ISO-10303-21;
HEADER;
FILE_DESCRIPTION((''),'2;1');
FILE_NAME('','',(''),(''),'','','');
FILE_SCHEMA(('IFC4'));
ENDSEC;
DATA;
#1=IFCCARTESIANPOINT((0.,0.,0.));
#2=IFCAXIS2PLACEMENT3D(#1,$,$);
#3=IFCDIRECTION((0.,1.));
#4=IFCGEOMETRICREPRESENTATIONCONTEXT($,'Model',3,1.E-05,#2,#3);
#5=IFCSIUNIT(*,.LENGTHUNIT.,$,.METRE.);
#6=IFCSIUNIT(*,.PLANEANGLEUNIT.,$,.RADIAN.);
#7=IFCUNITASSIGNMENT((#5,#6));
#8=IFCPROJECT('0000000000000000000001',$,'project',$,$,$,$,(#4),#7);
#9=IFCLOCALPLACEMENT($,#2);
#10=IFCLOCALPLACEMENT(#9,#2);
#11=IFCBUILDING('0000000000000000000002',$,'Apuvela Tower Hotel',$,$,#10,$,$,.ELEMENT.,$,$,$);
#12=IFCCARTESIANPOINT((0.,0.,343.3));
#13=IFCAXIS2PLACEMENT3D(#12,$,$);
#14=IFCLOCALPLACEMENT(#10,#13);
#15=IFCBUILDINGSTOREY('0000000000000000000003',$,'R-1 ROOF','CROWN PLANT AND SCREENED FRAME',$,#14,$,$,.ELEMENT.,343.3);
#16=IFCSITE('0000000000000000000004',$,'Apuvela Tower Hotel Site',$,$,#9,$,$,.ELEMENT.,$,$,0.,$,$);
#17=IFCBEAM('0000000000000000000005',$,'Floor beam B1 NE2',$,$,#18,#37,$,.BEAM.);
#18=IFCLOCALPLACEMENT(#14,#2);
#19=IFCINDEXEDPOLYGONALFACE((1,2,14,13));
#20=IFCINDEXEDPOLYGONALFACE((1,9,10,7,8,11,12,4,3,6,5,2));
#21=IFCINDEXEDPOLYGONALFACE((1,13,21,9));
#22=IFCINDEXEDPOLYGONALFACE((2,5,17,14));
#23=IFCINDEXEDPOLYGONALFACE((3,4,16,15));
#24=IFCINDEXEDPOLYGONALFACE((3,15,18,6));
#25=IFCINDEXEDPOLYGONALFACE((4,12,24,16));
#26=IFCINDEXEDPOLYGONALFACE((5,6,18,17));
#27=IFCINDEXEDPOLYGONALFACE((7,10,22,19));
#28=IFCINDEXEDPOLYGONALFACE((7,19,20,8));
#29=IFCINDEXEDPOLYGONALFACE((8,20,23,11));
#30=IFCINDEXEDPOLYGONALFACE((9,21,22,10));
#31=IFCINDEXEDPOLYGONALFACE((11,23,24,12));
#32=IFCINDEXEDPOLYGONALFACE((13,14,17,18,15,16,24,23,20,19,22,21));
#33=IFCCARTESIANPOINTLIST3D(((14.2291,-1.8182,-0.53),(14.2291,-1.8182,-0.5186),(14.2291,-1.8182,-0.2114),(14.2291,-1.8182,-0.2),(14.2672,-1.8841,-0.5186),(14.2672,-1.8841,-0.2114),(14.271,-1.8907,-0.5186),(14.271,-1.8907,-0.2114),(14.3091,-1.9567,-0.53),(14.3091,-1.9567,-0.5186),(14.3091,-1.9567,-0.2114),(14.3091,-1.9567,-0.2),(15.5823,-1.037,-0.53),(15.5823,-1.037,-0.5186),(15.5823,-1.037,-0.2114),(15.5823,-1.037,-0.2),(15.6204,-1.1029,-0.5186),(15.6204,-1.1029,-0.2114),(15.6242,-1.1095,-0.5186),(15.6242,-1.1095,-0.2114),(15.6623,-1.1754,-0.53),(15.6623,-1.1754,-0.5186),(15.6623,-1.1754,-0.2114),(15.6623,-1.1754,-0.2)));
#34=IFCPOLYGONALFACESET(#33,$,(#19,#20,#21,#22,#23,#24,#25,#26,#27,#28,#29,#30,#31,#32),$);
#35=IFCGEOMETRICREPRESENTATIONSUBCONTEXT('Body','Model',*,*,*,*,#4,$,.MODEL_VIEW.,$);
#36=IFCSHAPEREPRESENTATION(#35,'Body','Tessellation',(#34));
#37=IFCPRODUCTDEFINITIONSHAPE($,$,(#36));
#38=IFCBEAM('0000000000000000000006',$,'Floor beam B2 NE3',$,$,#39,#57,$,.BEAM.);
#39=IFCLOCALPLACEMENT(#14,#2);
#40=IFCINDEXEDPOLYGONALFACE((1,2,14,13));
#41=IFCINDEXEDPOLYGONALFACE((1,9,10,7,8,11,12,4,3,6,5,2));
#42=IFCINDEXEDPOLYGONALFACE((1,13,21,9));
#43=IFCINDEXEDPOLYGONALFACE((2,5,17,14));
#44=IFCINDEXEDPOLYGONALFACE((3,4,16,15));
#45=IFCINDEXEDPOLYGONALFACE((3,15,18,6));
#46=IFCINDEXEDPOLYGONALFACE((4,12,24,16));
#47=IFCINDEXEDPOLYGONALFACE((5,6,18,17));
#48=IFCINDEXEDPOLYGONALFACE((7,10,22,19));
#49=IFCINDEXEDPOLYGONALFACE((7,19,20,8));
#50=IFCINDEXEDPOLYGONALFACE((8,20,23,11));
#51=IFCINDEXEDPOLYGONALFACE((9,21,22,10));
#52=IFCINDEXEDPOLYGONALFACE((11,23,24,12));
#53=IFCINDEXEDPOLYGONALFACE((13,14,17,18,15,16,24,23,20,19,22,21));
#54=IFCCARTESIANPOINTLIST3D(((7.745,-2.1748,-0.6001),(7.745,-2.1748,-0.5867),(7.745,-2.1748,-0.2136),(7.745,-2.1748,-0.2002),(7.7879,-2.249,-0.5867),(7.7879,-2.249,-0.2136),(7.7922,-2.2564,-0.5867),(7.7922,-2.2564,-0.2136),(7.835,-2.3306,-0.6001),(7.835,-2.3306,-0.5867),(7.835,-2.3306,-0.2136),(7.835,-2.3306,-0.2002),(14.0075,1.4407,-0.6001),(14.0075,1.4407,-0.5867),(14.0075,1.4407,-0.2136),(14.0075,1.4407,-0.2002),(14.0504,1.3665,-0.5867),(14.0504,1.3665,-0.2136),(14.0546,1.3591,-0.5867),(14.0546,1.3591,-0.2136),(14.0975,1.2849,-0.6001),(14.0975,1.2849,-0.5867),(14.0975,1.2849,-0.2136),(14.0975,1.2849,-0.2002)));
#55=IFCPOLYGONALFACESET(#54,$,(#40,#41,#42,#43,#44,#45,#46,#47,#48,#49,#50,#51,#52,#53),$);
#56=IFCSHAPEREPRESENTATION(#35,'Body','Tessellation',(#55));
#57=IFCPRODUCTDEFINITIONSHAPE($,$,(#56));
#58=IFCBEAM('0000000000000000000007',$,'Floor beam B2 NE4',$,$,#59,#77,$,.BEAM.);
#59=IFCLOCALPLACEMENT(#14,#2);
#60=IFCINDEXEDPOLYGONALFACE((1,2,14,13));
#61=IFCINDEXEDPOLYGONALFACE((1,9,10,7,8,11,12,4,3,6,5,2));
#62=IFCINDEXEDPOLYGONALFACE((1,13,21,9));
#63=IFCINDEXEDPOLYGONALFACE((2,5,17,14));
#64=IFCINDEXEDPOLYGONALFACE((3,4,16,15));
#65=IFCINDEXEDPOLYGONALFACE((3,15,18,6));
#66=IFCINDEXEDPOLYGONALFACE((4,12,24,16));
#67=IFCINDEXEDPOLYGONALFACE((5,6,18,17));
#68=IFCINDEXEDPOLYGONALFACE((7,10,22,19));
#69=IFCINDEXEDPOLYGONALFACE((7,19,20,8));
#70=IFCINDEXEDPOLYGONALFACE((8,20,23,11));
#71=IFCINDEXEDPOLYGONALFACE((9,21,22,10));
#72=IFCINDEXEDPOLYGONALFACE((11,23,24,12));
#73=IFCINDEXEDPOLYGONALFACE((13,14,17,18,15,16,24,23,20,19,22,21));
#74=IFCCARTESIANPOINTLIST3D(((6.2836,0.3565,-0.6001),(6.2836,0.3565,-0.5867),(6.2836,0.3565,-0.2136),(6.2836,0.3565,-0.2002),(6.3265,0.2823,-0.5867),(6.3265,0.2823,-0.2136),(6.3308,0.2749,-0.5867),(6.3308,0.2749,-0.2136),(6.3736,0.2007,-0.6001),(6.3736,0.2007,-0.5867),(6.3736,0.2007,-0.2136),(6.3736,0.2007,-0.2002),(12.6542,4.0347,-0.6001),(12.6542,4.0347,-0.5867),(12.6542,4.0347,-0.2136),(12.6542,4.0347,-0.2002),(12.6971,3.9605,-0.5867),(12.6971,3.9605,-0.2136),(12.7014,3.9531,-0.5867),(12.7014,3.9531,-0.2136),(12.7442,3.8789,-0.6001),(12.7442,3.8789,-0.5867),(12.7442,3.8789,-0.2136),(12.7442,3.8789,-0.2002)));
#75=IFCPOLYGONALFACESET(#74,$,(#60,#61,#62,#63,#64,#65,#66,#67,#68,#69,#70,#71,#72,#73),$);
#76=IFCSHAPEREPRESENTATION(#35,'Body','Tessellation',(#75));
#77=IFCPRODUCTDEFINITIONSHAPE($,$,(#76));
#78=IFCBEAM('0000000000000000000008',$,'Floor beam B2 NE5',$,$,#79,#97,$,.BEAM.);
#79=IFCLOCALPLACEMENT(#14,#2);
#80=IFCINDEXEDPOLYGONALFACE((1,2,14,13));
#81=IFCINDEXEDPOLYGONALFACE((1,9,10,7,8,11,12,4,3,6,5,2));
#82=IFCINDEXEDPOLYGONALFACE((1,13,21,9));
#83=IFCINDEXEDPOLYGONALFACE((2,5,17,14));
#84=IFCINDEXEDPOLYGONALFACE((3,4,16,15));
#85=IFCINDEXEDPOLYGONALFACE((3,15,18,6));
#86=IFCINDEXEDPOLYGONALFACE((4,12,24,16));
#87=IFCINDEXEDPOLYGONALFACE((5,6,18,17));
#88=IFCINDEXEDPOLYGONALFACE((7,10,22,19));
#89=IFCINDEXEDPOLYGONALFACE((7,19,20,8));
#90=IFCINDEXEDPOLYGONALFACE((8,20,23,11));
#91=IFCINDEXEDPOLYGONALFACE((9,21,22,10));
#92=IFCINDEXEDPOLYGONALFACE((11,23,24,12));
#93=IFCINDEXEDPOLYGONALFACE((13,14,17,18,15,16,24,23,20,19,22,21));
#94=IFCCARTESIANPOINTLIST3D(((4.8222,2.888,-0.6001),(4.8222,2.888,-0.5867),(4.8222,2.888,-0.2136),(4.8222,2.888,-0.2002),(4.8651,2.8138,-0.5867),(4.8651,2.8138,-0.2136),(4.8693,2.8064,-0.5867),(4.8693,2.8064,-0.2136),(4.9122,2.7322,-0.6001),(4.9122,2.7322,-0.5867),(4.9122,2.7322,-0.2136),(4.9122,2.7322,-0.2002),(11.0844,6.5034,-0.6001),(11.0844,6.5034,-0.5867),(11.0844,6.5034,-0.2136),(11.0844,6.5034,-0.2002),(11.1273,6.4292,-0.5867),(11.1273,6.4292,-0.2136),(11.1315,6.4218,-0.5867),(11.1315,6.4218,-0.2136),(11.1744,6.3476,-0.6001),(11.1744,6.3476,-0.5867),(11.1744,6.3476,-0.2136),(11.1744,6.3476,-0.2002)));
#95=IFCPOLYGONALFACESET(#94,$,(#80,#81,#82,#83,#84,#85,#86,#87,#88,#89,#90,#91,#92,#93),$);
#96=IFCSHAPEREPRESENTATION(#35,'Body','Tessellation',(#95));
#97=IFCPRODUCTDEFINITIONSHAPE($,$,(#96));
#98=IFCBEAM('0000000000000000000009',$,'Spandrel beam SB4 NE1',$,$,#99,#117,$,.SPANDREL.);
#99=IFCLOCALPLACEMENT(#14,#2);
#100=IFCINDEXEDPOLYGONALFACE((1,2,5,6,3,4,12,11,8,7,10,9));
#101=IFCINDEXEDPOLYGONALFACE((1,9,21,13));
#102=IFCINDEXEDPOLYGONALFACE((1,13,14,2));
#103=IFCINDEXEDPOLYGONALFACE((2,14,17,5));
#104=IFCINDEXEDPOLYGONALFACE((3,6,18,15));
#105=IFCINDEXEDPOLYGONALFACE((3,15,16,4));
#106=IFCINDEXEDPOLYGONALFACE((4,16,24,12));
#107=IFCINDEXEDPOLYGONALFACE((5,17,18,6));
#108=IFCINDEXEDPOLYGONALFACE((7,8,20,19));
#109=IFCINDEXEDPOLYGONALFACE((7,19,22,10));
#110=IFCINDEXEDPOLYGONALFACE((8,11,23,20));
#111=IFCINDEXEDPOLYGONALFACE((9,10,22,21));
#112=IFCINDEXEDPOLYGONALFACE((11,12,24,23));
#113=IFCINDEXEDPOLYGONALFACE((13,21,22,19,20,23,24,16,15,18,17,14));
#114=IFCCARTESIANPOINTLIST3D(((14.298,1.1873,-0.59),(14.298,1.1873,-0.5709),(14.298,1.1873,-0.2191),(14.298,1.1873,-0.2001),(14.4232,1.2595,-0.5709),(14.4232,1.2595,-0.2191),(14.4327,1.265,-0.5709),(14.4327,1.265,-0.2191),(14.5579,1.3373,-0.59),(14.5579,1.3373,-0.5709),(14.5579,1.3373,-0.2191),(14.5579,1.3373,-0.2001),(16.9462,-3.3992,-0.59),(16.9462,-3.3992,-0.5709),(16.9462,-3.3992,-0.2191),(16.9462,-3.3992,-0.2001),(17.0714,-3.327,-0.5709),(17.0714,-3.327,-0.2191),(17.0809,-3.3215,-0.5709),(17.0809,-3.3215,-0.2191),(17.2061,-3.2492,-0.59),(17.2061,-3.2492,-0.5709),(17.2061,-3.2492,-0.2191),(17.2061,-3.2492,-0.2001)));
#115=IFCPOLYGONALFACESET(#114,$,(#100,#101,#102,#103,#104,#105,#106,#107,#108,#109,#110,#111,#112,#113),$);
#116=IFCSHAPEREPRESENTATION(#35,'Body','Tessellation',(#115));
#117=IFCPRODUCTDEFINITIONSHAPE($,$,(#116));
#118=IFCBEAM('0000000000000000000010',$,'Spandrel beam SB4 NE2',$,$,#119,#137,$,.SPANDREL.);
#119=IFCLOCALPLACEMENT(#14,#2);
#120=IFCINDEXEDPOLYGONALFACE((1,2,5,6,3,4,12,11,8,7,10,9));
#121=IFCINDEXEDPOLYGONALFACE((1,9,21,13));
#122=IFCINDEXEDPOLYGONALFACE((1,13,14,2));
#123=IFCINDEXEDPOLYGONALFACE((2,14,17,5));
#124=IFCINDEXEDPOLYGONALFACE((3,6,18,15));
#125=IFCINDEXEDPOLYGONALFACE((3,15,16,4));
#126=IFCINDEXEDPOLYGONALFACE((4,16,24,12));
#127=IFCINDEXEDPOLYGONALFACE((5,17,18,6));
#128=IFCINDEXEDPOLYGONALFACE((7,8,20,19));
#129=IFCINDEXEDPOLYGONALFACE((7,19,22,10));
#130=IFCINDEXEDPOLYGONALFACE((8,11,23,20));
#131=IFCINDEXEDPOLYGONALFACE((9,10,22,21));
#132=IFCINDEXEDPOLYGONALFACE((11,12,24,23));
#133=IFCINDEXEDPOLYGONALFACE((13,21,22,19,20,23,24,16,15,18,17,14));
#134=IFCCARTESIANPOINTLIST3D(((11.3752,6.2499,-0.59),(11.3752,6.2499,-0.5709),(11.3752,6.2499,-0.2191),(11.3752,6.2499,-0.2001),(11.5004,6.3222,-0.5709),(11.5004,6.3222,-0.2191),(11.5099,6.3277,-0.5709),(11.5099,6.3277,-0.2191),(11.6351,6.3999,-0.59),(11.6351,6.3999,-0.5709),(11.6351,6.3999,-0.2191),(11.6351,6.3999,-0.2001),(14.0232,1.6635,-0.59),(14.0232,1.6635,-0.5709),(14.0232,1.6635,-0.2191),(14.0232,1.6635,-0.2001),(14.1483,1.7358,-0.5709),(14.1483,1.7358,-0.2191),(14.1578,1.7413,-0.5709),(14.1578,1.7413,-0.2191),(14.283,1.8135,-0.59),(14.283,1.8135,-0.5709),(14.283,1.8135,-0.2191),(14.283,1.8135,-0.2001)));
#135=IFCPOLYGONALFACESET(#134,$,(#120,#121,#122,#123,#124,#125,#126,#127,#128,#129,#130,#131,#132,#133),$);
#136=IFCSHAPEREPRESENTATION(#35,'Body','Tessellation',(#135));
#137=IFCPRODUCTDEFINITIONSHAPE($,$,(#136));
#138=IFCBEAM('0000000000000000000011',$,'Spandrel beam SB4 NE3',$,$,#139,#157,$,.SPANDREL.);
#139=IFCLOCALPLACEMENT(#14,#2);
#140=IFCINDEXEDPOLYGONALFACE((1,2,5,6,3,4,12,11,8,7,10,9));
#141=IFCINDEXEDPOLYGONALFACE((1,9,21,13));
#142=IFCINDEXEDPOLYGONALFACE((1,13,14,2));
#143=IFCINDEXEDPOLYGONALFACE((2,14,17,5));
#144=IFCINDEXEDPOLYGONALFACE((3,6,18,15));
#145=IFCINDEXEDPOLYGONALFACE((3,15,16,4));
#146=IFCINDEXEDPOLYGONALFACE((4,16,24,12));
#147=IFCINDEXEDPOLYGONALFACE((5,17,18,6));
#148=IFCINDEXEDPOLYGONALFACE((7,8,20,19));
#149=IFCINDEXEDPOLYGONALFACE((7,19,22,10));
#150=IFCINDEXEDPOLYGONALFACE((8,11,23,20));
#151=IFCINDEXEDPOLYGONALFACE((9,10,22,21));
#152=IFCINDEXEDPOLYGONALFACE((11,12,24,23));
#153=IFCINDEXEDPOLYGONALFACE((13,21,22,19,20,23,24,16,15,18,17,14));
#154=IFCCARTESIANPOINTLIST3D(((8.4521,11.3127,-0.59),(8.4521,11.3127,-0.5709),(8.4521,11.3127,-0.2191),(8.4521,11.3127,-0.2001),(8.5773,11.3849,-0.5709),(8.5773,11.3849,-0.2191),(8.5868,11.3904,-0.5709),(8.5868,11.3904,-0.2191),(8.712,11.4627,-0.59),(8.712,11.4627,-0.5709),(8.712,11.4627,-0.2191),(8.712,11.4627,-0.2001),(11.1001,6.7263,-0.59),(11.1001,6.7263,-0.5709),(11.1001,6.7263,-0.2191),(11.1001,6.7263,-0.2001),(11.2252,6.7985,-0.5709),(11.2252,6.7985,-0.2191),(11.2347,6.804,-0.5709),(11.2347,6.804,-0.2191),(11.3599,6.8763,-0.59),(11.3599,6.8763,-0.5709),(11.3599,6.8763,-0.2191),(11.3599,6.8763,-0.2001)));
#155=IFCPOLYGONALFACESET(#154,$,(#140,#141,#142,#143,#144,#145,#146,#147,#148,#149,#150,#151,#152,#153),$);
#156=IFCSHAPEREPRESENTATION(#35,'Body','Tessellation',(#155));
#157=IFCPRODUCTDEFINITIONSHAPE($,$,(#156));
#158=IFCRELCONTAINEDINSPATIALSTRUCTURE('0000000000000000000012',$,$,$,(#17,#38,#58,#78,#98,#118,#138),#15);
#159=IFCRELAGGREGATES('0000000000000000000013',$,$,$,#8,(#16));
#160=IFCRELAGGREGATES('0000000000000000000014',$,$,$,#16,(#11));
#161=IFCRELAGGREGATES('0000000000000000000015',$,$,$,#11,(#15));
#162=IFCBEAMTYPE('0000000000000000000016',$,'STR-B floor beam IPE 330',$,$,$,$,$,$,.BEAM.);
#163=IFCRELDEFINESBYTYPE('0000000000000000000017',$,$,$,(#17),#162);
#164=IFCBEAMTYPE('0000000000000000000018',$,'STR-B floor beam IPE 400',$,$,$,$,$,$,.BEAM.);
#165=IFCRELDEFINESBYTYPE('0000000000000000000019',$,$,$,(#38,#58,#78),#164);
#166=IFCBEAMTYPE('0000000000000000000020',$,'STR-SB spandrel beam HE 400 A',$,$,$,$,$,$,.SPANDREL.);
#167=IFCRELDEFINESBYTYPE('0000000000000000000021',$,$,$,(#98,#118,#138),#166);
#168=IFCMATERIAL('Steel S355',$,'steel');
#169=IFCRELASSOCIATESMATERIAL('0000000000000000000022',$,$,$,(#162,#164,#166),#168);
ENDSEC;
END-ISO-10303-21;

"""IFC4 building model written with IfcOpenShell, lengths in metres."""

from ifc_helpers import new_model, si_unit, direction, frame, origin, origin_2d, place, context, subcontext, project, spatial, i_section, extrude, material, material_profile, profile_set, type_object, element, save


model = new_model("IFC4")

# Units and contexts
model_context = context("Model", 3, precision=1e-05, world=origin(), true_north=direction((0.0, 1.0)))
body_context = subcontext(model_context, "Body", "Model", "MODEL_VIEW")
ifc_project = project(units=[si_unit("LENGTHUNIT", "METRE"), si_unit("PLANEANGLEUNIT", "RADIAN")], contexts=[model_context])

# Site, building, storey
site_placement = place(None, origin())
site = spatial("IfcSite", under=ifc_project, at=site_placement, Name="Apuvela Tower Hotel Site", CompositionType="ELEMENT", RefElevation=0.0)
building_placement = place(site_placement, origin())
building = spatial("IfcBuilding", under=site, at=building_placement, Name="Apuvela Tower Hotel", CompositionType="ELEMENT")
storey_placement = place(building_placement, frame((0.0, 0.0, 343.3)))
storey = spatial("IfcBuildingStorey", under=building, at=storey_placement, Name="R-1 ROOF", Description="CROWN PLANT AND SCREENED FRAME", CompositionType="ELEMENT", Elevation=343.3)

# Beams
ifc_material_1 = material(Name="Steel S355", Category="steel")
ifc_material_profile_1 = material_profile(ifc_material_1, i_section(OverallWidth=0.1599, OverallDepth=0.3301, WebThickness=0.0076, FlangeThickness=0.0115, at=origin_2d()), Name="IPE 330")
ifc_profile_set_1 = profile_set([ifc_material_profile_1], Name="Steel S355")
beam_type_1 = type_object("IfcBeamType", Name="STR-B floor beam IPE 330", PredefinedType="BEAM", material=ifc_profile_set_1)
beam_1_placement = place(storey_placement, frame((15.6223, -1.1062, -0.365), z_axis=(-0.866042, -0.49997, 0.0), x_axis=(0.49997, -0.866042, 0.0)))
element("IfcBeam", 1, at=beam_1_placement, inside=storey, type_object=beam_type_1, Name="Floor beam B1 NE2", PredefinedType="BEAM", context=body_context, shape_type="SweptSolid", body=[
    extrude(i_section(OverallWidth=0.1599, OverallDepth=0.3301, WebThickness=0.0076, FlangeThickness=0.0115, at=origin_2d()), origin(), (0.0, 0.0, 1.0), 1.5625),
])
ifc_material_profile_2 = material_profile(ifc_material_1, i_section(OverallWidth=0.1799, OverallDepth=0.3999, WebThickness=0.0085, FlangeThickness=0.0134, at=origin_2d()), Name="IPE 400")
ifc_profile_set_2 = profile_set([ifc_material_profile_2], Name="Steel S355")
beam_type_2 = type_object("IfcBeamType", Name="STR-B floor beam IPE 400", PredefinedType="BEAM", material=ifc_profile_set_2)
beam_2_placement = place(storey_placement, frame((14.0525, 1.3628, -0.4001), z_axis=(-0.866034, -0.499985, 0.0), x_axis=(0.499985, -0.866034, 0.0)))
element("IfcBeam", 2, at=beam_2_placement, inside=storey, type_object=beam_type_2, Name="Floor beam B2 NE3", PredefinedType="BEAM", context=body_context, shape_type="SweptSolid", body=[
    extrude(i_section(OverallWidth=0.1799, OverallDepth=0.3999, WebThickness=0.0085, FlangeThickness=0.0134, at=origin_2d()), origin(), (0.0, 0.0, 1.0), 7.2312),
])
beam_3_placement = place(storey_placement, frame((12.6992, 3.9568, -0.4001), z_axis=(-0.866016, -0.500015, 0.0), x_axis=(0.500015, -0.866016, 0.0)))
element("IfcBeam", 3, at=beam_3_placement, inside=storey, type_object=beam_type_2, Name="Floor beam B2 NE4", PredefinedType="BEAM", context=body_context, shape_type="SweptSolid", body=[
    extrude(i_section(OverallWidth=0.1799, OverallDepth=0.3999, WebThickness=0.0085, FlangeThickness=0.0134, at=origin_2d()), origin(), (0.0, 0.0, 1.0), 7.3562),
])
beam_4_placement = place(storey_placement, frame((11.1294, 6.4255, -0.4001), z_axis=(-0.866026, -0.499999, 0.0), x_axis=(0.499999, -0.866026, 0.0)))
element("IfcBeam", 4, at=beam_4_placement, inside=storey, type_object=beam_type_2, Name="Floor beam B2 NE5", PredefinedType="BEAM", context=body_context, shape_type="SweptSolid", body=[
    extrude(i_section(OverallWidth=0.1799, OverallDepth=0.3999, WebThickness=0.0085, FlangeThickness=0.0134, at=origin_2d()), origin(), (0.0, 0.0, 1.0), 7.231),
])
ifc_material_profile_3 = material_profile(ifc_material_1, i_section(OverallWidth=0.3, OverallDepth=0.3899, WebThickness=0.011, FlangeThickness=0.019, at=origin_2d()), Name="HE 400 A")
ifc_profile_set_3 = profile_set([ifc_material_profile_3], Name="Steel S355")
beam_type_3 = type_object("IfcBeamType", Name="STR-SB spandrel beam HE 400 A", PredefinedType="SPANDREL", material=ifc_profile_set_3)
beam_5_placement = place(storey_placement, frame((17.0762, -3.3242, -0.395), z_axis=(-0.500031, 0.866007, 0.0), x_axis=(-0.866007, -0.500031, 0.0)))
element("IfcBeam", 5, at=beam_5_placement, inside=storey, type_object=beam_type_3, Name="Spandrel beam SB4 NE1", PredefinedType="SPANDREL", context=body_context, shape_type="SweptSolid", body=[
    extrude(i_section(OverallWidth=0.3, OverallDepth=0.3899, WebThickness=0.011, FlangeThickness=0.019, at=origin_2d()), origin(), (0.0, 0.0, 1.0), 5.2961),
])
for number, where, z_axis, x_axis, name in (
    (6, (14.1531, 1.7385, -0.395), (-0.499996, 0.866027, 0.0), (-0.866027, -0.499996, 0.0), "Spandrel beam SB4 NE2"),
    (7, (11.23, 6.8013, -0.395), (-0.499996, 0.866027, 0.0), (-0.866027, -0.499996, 0.0), "Spandrel beam SB4 NE3"),
):
    element("IfcBeam", number, at=place(storey_placement, frame(where, z_axis=z_axis, x_axis=x_axis)), inside=storey, type_object=beam_type_3, Name=name, PredefinedType="SPANDREL", context=body_context, shape_type="SweptSolid", body=[
        extrude(i_section(OverallWidth=0.3, OverallDepth=0.3899, WebThickness=0.011, FlangeThickness=0.019, at=origin_2d()), origin(), (0.0, 0.0, 1.0), 5.2959),
    ])

save(model, "model.ifc")
